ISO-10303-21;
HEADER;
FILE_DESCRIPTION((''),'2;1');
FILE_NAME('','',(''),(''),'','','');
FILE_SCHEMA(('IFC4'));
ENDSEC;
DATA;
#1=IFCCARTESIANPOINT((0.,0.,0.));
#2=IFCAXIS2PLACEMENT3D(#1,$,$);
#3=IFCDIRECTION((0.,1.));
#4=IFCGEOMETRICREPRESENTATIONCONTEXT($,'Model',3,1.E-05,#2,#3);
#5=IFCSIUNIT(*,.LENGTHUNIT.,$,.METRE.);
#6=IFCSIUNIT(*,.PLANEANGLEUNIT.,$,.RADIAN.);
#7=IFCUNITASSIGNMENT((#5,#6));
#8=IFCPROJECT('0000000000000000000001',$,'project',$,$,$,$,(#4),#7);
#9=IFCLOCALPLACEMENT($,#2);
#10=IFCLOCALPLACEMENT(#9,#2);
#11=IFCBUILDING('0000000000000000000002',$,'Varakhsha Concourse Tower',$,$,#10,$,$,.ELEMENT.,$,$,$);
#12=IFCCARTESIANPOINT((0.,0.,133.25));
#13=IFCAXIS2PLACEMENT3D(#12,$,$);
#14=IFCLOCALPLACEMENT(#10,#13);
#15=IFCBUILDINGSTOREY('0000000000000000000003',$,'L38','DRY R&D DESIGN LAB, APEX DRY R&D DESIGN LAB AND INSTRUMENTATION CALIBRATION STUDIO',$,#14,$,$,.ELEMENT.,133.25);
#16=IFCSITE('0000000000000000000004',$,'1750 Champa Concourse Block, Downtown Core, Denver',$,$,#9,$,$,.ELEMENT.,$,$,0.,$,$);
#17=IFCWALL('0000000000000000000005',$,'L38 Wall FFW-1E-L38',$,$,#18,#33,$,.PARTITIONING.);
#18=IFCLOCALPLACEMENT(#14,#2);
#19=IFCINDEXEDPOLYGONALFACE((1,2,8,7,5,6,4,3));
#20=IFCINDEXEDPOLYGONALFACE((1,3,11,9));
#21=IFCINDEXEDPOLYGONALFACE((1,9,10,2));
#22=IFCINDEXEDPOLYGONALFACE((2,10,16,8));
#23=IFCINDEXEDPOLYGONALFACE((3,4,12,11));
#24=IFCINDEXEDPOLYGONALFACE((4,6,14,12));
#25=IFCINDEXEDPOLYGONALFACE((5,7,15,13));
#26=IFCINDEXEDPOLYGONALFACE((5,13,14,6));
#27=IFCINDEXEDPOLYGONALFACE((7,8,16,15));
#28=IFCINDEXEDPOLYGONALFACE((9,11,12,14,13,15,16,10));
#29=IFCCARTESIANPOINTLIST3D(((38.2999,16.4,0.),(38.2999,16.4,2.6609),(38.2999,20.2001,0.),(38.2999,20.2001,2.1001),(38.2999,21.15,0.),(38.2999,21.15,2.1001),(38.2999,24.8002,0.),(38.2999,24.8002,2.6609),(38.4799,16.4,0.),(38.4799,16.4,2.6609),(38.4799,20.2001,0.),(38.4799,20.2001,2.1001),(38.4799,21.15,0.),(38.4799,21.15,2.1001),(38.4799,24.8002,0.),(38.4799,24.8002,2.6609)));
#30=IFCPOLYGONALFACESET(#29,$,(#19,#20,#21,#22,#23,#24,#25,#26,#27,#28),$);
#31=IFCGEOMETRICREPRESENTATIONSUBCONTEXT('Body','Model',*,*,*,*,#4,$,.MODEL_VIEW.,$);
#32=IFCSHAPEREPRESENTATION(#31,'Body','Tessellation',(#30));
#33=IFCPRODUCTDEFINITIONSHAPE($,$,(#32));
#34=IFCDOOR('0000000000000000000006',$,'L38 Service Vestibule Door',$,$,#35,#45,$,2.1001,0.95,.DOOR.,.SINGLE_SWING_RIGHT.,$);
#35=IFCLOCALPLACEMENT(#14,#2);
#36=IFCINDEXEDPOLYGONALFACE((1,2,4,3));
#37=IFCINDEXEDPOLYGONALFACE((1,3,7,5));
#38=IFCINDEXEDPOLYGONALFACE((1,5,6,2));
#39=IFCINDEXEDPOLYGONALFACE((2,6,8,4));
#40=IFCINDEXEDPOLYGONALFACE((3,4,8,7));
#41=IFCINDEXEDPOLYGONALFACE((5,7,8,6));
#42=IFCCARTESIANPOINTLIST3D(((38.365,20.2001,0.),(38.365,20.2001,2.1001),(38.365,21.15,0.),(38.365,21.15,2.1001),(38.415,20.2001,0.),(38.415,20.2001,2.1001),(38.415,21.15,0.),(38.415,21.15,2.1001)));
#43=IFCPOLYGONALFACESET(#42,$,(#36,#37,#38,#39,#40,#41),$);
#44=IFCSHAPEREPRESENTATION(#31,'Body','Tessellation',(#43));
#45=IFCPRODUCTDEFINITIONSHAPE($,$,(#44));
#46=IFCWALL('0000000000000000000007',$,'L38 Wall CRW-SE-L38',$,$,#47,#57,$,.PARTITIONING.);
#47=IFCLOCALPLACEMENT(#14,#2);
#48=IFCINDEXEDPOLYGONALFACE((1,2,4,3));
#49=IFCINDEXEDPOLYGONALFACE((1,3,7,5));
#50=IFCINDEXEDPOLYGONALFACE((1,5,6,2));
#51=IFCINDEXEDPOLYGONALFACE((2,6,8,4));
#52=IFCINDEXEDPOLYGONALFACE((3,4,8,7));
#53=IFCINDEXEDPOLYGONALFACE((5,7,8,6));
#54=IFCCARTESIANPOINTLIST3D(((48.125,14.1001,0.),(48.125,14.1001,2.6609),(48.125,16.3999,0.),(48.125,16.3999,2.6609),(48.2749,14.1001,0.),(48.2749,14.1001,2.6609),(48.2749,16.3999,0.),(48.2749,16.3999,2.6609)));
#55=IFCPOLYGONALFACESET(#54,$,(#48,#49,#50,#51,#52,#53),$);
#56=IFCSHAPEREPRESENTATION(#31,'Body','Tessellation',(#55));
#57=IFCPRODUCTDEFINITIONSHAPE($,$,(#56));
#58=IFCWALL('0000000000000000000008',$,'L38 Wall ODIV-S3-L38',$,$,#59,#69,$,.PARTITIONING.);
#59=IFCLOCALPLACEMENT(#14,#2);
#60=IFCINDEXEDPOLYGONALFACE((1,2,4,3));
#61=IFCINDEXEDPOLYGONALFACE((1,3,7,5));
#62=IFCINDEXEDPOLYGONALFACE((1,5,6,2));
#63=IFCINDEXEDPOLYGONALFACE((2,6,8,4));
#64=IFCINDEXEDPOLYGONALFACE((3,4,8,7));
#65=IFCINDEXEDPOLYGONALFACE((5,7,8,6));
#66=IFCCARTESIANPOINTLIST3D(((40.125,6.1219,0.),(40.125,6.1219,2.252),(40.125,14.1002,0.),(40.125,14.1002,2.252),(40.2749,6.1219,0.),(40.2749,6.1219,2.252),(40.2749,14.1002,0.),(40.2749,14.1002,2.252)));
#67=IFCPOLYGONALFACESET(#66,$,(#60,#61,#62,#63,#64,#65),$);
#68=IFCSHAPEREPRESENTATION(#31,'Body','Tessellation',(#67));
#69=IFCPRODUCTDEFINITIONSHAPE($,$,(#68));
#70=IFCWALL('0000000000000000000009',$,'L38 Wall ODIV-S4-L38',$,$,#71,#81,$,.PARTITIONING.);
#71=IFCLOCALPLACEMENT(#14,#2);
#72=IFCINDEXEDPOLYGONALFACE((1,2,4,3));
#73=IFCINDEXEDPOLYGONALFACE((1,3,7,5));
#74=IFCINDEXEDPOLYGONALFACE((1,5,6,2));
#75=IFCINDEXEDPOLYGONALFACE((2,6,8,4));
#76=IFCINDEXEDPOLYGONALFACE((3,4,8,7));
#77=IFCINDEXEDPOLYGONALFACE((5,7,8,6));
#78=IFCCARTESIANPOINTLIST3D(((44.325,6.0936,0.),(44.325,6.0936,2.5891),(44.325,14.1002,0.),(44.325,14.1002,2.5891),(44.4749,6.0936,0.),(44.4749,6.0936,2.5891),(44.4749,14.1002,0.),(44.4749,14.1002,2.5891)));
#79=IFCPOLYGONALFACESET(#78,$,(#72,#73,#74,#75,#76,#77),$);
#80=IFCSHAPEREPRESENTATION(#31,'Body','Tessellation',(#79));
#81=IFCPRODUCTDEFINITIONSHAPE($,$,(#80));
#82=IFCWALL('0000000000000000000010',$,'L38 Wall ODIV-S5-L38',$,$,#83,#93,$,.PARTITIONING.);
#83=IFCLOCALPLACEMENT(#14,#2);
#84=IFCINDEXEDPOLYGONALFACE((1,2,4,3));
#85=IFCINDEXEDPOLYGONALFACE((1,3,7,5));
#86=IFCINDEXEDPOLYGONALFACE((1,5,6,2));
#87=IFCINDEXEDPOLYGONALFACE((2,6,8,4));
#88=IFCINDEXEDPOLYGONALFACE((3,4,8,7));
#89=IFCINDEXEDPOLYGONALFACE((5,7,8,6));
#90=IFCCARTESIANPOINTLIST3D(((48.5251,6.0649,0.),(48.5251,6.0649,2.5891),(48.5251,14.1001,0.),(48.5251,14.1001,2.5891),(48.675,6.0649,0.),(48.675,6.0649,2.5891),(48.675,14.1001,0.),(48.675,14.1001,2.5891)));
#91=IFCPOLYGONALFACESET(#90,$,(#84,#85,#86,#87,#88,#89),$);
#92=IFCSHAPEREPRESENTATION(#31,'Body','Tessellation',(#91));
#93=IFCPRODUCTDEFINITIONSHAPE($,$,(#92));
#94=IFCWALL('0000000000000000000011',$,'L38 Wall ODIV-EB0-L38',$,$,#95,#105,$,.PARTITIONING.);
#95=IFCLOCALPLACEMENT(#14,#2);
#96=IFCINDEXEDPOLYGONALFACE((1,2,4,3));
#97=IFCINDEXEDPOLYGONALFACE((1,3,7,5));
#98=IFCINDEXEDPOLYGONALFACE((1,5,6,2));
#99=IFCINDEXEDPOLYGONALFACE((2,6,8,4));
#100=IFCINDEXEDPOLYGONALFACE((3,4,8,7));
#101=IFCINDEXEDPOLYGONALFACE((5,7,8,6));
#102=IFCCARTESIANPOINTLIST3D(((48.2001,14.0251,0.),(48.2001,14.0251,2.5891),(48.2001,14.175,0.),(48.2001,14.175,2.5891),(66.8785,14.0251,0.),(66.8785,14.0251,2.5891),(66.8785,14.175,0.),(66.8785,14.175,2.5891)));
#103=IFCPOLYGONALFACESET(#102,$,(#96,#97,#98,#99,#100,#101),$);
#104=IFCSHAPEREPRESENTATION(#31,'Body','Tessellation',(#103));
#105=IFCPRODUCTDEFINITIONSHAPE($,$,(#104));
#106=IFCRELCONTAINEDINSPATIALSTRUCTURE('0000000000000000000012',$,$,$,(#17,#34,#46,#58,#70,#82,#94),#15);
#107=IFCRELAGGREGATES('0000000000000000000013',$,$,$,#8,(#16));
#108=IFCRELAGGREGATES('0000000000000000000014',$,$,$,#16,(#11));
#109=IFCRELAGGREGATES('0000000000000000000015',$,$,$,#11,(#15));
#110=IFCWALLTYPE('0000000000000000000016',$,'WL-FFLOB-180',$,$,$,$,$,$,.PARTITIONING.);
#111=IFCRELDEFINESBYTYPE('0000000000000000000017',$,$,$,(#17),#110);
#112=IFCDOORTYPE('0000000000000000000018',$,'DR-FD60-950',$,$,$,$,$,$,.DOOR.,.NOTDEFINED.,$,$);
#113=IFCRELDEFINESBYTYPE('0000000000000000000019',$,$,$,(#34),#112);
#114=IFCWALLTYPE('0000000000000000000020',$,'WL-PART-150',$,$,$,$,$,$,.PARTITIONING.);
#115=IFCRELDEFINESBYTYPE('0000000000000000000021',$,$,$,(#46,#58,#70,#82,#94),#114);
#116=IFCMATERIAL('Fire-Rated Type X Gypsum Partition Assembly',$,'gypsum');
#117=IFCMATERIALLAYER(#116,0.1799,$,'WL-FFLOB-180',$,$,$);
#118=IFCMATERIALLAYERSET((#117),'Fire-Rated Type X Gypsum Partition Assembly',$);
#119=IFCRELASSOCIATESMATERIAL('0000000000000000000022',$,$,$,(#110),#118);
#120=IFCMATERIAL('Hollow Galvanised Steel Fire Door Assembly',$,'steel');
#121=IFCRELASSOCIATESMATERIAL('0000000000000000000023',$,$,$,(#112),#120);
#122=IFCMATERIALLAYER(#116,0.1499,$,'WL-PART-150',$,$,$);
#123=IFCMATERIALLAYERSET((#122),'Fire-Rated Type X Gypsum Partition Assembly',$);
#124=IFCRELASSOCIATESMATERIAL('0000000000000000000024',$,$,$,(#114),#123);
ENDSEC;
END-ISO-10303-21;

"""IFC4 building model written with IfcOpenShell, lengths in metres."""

from ifc_helpers import new_model, si_unit, direction, frame, frame_2d, origin, place, context, subcontext, project, spatial, rectangle, extrude, material, layer, layer_set, type_object, element, fill, save


model = new_model("IFC4")

# Units and contexts
model_context = context("Model", 3, precision=1e-05, world=origin(), true_north=direction((0.0, 1.0)))
body_context = subcontext(model_context, "Body", "Model", "MODEL_VIEW")
ifc_project = project(units=[si_unit("LENGTHUNIT", "METRE"), si_unit("PLANEANGLEUNIT", "RADIAN")], contexts=[model_context])

# Site, building, storey
site_placement = place(None, origin())
site = spatial("IfcSite", under=ifc_project, at=site_placement, Name="1750 Champa Concourse Block, Downtown Core, Denver", CompositionType="ELEMENT", RefElevation=0.0)
building_placement = place(site_placement, origin())
building = spatial("IfcBuilding", under=site, at=building_placement, Name="Varakhsha Concourse Tower", CompositionType="ELEMENT")
storey_placement = place(building_placement, frame((0.0, 0.0, 133.25)))
storey = spatial("IfcBuildingStorey", under=building, at=storey_placement, Name="L38", Description="DRY R&D DESIGN LAB, APEX DRY R&D DESIGN LAB AND INSTRUMENTATION CALIBRATION STUDIO", CompositionType="ELEMENT", Elevation=133.25)

# Wall, opening, door
ifc_material_1 = material(Name="Fire-Rated Type X Gypsum Partition Assembly", Category="gypsum")
ifc_layer_1 = layer(ifc_material_1, 0.1799, Name="WL-FFLOB-180")
ifc_layer_set_1 = layer_set([ifc_layer_1], Name="Fire-Rated Type X Gypsum Partition Assembly")
wall_type_1 = type_object("IfcWallType", Name="WL-FFLOB-180", PredefinedType="PARTITIONING", material=ifc_layer_set_1)
wall_1_placement = place(storey_placement, frame((38.3899, 16.3999, 0.0), z_axis=(0.0, 0.0, 1.0), x_axis=(0.0, 1.0, 0.0)))
wall_1 = element("IfcWall", 1, at=wall_1_placement, inside=storey, type_object=wall_type_1, Name="L38 Wall FFW-1E-L38", PredefinedType="PARTITIONING", context=body_context, shape_type="SweptSolid", body=[
    extrude(rectangle(XDim=8.4001, YDim=0.1799, at=frame_2d((4.2002, 0.0))), origin(), (0.0, 0.0, 1.0), 2.6609),
])
opening_placement = place(wall_1_placement, frame((3.8, 0.0, 0.0)))
opening = element("IfcOpeningElement", 2, at=opening_placement, cuts=wall_1, PredefinedType="OPENING", context=body_context, shape_type="SweptSolid", body=[
    extrude(rectangle(XDim=0.95, YDim=2.1001, at=frame_2d((0.4751, 1.05))), frame((0.0, 0.0999, 0.0), z_axis=(0.0, -1.0, 0.0), x_axis=(1.0, 0.0, 0.0)), (0.0, 0.0, 1.0), 0.2),
])
ifc_material_2 = material(Name="Hollow Galvanised Steel Fire Door Assembly", Category="steel")
door_type = type_object("IfcDoorType", Name="DR-FD60-950", OperationType="NOTDEFINED", PredefinedType="DOOR", material=ifc_material_2)
door_placement = place(opening_placement, origin())
door = element("IfcDoor", 3, at=door_placement, inside=storey, type_object=door_type, Name="L38 Service Vestibule Door", OperationType="SINGLE_SWING_RIGHT", OverallHeight=2.1001, OverallWidth=0.95, PredefinedType="DOOR", context=body_context, shape_type="SweptSolid", body=[
    extrude(rectangle(XDim=0.95, YDim=2.1001, at=frame_2d((0.4751, 1.05))), frame((0.0, 0.0249, 0.0), z_axis=(0.0, -1.0, 0.0), x_axis=(1.0, 0.0, 0.0)), (0.0, 0.0, 1.0), 0.05),
])
fill(opening, door)

# Walls
ifc_layer_2 = layer(ifc_material_1, 0.1499, Name="WL-PART-150")
ifc_layer_set_2 = layer_set([ifc_layer_2], Name="Fire-Rated Type X Gypsum Partition Assembly")
wall_type_2 = type_object("IfcWallType", Name="WL-PART-150", PredefinedType="PARTITIONING", material=ifc_layer_set_2)
wall_2_placement = place(storey_placement, frame((48.2, 14.1001, 0.0), z_axis=(0.0, 0.0, 1.0), x_axis=(0.0, 1.0, 0.0)))
element("IfcWall", 4, at=wall_2_placement, inside=storey, type_object=wall_type_2, Name="L38 Wall CRW-SE-L38", PredefinedType="PARTITIONING", context=body_context, shape_type="SweptSolid", body=[
    extrude(rectangle(XDim=2.2998, YDim=0.1499, at=frame_2d((1.1499, 0.0))), origin(), (0.0, 0.0, 1.0), 2.6609),
])
wall_3_placement = place(storey_placement, frame((40.2, 6.1218, 0.0), z_axis=(0.0, 0.0, 1.0), x_axis=(0.0, 1.0, 0.0)))
element("IfcWall", 5, at=wall_3_placement, inside=storey, type_object=wall_type_2, Name="L38 Wall ODIV-S3-L38", PredefinedType="PARTITIONING", context=body_context, shape_type="SweptSolid", body=[
    extrude(rectangle(XDim=7.9783, YDim=0.1499, at=frame_2d((3.9893, 0.0))), origin(), (0.0, 0.0, 1.0), 2.252),
])
wall_4_placement = place(storey_placement, frame((44.3999, 6.0935, 0.0), z_axis=(0.0, 0.0, 1.0), x_axis=(0.0, 1.0, 0.0)))
element("IfcWall", 6, at=wall_4_placement, inside=storey, type_object=wall_type_2, Name="L38 Wall ODIV-S4-L38", PredefinedType="PARTITIONING", context=body_context, shape_type="SweptSolid", body=[
    extrude(rectangle(XDim=8.0066, YDim=0.1499, at=frame_2d((4.0034, 0.0))), origin(), (0.0, 0.0, 1.0), 2.5891),
])
wall_5_placement = place(storey_placement, frame((48.6001, 6.0649, 0.0), z_axis=(0.0, 0.0, 1.0), x_axis=(0.0, 1.0, 0.0)))
element("IfcWall", 7, at=wall_5_placement, inside=storey, type_object=wall_type_2, Name="L38 Wall ODIV-S5-L38", PredefinedType="PARTITIONING", context=body_context, shape_type="SweptSolid", body=[
    extrude(rectangle(XDim=8.0352, YDim=0.1499, at=frame_2d((4.0176, 0.0))), origin(), (0.0, 0.0, 1.0), 2.5891),
])
wall_6_placement = place(storey_placement, frame((48.2, 14.1001, 0.0), z_axis=(0.0, 0.0, 1.0), x_axis=(1.0, 0.0, 0.0)))
element("IfcWall", 8, at=wall_6_placement, inside=storey, type_object=wall_type_2, Name="L38 Wall ODIV-EB0-L38", PredefinedType="PARTITIONING", context=body_context, shape_type="SweptSolid", body=[
    extrude(rectangle(XDim=18.6785, YDim=0.1499, at=frame_2d((9.3394, 0.0))), origin(), (0.0, 0.0, 1.0), 2.5891),
])

save(model, "model.ifc")
